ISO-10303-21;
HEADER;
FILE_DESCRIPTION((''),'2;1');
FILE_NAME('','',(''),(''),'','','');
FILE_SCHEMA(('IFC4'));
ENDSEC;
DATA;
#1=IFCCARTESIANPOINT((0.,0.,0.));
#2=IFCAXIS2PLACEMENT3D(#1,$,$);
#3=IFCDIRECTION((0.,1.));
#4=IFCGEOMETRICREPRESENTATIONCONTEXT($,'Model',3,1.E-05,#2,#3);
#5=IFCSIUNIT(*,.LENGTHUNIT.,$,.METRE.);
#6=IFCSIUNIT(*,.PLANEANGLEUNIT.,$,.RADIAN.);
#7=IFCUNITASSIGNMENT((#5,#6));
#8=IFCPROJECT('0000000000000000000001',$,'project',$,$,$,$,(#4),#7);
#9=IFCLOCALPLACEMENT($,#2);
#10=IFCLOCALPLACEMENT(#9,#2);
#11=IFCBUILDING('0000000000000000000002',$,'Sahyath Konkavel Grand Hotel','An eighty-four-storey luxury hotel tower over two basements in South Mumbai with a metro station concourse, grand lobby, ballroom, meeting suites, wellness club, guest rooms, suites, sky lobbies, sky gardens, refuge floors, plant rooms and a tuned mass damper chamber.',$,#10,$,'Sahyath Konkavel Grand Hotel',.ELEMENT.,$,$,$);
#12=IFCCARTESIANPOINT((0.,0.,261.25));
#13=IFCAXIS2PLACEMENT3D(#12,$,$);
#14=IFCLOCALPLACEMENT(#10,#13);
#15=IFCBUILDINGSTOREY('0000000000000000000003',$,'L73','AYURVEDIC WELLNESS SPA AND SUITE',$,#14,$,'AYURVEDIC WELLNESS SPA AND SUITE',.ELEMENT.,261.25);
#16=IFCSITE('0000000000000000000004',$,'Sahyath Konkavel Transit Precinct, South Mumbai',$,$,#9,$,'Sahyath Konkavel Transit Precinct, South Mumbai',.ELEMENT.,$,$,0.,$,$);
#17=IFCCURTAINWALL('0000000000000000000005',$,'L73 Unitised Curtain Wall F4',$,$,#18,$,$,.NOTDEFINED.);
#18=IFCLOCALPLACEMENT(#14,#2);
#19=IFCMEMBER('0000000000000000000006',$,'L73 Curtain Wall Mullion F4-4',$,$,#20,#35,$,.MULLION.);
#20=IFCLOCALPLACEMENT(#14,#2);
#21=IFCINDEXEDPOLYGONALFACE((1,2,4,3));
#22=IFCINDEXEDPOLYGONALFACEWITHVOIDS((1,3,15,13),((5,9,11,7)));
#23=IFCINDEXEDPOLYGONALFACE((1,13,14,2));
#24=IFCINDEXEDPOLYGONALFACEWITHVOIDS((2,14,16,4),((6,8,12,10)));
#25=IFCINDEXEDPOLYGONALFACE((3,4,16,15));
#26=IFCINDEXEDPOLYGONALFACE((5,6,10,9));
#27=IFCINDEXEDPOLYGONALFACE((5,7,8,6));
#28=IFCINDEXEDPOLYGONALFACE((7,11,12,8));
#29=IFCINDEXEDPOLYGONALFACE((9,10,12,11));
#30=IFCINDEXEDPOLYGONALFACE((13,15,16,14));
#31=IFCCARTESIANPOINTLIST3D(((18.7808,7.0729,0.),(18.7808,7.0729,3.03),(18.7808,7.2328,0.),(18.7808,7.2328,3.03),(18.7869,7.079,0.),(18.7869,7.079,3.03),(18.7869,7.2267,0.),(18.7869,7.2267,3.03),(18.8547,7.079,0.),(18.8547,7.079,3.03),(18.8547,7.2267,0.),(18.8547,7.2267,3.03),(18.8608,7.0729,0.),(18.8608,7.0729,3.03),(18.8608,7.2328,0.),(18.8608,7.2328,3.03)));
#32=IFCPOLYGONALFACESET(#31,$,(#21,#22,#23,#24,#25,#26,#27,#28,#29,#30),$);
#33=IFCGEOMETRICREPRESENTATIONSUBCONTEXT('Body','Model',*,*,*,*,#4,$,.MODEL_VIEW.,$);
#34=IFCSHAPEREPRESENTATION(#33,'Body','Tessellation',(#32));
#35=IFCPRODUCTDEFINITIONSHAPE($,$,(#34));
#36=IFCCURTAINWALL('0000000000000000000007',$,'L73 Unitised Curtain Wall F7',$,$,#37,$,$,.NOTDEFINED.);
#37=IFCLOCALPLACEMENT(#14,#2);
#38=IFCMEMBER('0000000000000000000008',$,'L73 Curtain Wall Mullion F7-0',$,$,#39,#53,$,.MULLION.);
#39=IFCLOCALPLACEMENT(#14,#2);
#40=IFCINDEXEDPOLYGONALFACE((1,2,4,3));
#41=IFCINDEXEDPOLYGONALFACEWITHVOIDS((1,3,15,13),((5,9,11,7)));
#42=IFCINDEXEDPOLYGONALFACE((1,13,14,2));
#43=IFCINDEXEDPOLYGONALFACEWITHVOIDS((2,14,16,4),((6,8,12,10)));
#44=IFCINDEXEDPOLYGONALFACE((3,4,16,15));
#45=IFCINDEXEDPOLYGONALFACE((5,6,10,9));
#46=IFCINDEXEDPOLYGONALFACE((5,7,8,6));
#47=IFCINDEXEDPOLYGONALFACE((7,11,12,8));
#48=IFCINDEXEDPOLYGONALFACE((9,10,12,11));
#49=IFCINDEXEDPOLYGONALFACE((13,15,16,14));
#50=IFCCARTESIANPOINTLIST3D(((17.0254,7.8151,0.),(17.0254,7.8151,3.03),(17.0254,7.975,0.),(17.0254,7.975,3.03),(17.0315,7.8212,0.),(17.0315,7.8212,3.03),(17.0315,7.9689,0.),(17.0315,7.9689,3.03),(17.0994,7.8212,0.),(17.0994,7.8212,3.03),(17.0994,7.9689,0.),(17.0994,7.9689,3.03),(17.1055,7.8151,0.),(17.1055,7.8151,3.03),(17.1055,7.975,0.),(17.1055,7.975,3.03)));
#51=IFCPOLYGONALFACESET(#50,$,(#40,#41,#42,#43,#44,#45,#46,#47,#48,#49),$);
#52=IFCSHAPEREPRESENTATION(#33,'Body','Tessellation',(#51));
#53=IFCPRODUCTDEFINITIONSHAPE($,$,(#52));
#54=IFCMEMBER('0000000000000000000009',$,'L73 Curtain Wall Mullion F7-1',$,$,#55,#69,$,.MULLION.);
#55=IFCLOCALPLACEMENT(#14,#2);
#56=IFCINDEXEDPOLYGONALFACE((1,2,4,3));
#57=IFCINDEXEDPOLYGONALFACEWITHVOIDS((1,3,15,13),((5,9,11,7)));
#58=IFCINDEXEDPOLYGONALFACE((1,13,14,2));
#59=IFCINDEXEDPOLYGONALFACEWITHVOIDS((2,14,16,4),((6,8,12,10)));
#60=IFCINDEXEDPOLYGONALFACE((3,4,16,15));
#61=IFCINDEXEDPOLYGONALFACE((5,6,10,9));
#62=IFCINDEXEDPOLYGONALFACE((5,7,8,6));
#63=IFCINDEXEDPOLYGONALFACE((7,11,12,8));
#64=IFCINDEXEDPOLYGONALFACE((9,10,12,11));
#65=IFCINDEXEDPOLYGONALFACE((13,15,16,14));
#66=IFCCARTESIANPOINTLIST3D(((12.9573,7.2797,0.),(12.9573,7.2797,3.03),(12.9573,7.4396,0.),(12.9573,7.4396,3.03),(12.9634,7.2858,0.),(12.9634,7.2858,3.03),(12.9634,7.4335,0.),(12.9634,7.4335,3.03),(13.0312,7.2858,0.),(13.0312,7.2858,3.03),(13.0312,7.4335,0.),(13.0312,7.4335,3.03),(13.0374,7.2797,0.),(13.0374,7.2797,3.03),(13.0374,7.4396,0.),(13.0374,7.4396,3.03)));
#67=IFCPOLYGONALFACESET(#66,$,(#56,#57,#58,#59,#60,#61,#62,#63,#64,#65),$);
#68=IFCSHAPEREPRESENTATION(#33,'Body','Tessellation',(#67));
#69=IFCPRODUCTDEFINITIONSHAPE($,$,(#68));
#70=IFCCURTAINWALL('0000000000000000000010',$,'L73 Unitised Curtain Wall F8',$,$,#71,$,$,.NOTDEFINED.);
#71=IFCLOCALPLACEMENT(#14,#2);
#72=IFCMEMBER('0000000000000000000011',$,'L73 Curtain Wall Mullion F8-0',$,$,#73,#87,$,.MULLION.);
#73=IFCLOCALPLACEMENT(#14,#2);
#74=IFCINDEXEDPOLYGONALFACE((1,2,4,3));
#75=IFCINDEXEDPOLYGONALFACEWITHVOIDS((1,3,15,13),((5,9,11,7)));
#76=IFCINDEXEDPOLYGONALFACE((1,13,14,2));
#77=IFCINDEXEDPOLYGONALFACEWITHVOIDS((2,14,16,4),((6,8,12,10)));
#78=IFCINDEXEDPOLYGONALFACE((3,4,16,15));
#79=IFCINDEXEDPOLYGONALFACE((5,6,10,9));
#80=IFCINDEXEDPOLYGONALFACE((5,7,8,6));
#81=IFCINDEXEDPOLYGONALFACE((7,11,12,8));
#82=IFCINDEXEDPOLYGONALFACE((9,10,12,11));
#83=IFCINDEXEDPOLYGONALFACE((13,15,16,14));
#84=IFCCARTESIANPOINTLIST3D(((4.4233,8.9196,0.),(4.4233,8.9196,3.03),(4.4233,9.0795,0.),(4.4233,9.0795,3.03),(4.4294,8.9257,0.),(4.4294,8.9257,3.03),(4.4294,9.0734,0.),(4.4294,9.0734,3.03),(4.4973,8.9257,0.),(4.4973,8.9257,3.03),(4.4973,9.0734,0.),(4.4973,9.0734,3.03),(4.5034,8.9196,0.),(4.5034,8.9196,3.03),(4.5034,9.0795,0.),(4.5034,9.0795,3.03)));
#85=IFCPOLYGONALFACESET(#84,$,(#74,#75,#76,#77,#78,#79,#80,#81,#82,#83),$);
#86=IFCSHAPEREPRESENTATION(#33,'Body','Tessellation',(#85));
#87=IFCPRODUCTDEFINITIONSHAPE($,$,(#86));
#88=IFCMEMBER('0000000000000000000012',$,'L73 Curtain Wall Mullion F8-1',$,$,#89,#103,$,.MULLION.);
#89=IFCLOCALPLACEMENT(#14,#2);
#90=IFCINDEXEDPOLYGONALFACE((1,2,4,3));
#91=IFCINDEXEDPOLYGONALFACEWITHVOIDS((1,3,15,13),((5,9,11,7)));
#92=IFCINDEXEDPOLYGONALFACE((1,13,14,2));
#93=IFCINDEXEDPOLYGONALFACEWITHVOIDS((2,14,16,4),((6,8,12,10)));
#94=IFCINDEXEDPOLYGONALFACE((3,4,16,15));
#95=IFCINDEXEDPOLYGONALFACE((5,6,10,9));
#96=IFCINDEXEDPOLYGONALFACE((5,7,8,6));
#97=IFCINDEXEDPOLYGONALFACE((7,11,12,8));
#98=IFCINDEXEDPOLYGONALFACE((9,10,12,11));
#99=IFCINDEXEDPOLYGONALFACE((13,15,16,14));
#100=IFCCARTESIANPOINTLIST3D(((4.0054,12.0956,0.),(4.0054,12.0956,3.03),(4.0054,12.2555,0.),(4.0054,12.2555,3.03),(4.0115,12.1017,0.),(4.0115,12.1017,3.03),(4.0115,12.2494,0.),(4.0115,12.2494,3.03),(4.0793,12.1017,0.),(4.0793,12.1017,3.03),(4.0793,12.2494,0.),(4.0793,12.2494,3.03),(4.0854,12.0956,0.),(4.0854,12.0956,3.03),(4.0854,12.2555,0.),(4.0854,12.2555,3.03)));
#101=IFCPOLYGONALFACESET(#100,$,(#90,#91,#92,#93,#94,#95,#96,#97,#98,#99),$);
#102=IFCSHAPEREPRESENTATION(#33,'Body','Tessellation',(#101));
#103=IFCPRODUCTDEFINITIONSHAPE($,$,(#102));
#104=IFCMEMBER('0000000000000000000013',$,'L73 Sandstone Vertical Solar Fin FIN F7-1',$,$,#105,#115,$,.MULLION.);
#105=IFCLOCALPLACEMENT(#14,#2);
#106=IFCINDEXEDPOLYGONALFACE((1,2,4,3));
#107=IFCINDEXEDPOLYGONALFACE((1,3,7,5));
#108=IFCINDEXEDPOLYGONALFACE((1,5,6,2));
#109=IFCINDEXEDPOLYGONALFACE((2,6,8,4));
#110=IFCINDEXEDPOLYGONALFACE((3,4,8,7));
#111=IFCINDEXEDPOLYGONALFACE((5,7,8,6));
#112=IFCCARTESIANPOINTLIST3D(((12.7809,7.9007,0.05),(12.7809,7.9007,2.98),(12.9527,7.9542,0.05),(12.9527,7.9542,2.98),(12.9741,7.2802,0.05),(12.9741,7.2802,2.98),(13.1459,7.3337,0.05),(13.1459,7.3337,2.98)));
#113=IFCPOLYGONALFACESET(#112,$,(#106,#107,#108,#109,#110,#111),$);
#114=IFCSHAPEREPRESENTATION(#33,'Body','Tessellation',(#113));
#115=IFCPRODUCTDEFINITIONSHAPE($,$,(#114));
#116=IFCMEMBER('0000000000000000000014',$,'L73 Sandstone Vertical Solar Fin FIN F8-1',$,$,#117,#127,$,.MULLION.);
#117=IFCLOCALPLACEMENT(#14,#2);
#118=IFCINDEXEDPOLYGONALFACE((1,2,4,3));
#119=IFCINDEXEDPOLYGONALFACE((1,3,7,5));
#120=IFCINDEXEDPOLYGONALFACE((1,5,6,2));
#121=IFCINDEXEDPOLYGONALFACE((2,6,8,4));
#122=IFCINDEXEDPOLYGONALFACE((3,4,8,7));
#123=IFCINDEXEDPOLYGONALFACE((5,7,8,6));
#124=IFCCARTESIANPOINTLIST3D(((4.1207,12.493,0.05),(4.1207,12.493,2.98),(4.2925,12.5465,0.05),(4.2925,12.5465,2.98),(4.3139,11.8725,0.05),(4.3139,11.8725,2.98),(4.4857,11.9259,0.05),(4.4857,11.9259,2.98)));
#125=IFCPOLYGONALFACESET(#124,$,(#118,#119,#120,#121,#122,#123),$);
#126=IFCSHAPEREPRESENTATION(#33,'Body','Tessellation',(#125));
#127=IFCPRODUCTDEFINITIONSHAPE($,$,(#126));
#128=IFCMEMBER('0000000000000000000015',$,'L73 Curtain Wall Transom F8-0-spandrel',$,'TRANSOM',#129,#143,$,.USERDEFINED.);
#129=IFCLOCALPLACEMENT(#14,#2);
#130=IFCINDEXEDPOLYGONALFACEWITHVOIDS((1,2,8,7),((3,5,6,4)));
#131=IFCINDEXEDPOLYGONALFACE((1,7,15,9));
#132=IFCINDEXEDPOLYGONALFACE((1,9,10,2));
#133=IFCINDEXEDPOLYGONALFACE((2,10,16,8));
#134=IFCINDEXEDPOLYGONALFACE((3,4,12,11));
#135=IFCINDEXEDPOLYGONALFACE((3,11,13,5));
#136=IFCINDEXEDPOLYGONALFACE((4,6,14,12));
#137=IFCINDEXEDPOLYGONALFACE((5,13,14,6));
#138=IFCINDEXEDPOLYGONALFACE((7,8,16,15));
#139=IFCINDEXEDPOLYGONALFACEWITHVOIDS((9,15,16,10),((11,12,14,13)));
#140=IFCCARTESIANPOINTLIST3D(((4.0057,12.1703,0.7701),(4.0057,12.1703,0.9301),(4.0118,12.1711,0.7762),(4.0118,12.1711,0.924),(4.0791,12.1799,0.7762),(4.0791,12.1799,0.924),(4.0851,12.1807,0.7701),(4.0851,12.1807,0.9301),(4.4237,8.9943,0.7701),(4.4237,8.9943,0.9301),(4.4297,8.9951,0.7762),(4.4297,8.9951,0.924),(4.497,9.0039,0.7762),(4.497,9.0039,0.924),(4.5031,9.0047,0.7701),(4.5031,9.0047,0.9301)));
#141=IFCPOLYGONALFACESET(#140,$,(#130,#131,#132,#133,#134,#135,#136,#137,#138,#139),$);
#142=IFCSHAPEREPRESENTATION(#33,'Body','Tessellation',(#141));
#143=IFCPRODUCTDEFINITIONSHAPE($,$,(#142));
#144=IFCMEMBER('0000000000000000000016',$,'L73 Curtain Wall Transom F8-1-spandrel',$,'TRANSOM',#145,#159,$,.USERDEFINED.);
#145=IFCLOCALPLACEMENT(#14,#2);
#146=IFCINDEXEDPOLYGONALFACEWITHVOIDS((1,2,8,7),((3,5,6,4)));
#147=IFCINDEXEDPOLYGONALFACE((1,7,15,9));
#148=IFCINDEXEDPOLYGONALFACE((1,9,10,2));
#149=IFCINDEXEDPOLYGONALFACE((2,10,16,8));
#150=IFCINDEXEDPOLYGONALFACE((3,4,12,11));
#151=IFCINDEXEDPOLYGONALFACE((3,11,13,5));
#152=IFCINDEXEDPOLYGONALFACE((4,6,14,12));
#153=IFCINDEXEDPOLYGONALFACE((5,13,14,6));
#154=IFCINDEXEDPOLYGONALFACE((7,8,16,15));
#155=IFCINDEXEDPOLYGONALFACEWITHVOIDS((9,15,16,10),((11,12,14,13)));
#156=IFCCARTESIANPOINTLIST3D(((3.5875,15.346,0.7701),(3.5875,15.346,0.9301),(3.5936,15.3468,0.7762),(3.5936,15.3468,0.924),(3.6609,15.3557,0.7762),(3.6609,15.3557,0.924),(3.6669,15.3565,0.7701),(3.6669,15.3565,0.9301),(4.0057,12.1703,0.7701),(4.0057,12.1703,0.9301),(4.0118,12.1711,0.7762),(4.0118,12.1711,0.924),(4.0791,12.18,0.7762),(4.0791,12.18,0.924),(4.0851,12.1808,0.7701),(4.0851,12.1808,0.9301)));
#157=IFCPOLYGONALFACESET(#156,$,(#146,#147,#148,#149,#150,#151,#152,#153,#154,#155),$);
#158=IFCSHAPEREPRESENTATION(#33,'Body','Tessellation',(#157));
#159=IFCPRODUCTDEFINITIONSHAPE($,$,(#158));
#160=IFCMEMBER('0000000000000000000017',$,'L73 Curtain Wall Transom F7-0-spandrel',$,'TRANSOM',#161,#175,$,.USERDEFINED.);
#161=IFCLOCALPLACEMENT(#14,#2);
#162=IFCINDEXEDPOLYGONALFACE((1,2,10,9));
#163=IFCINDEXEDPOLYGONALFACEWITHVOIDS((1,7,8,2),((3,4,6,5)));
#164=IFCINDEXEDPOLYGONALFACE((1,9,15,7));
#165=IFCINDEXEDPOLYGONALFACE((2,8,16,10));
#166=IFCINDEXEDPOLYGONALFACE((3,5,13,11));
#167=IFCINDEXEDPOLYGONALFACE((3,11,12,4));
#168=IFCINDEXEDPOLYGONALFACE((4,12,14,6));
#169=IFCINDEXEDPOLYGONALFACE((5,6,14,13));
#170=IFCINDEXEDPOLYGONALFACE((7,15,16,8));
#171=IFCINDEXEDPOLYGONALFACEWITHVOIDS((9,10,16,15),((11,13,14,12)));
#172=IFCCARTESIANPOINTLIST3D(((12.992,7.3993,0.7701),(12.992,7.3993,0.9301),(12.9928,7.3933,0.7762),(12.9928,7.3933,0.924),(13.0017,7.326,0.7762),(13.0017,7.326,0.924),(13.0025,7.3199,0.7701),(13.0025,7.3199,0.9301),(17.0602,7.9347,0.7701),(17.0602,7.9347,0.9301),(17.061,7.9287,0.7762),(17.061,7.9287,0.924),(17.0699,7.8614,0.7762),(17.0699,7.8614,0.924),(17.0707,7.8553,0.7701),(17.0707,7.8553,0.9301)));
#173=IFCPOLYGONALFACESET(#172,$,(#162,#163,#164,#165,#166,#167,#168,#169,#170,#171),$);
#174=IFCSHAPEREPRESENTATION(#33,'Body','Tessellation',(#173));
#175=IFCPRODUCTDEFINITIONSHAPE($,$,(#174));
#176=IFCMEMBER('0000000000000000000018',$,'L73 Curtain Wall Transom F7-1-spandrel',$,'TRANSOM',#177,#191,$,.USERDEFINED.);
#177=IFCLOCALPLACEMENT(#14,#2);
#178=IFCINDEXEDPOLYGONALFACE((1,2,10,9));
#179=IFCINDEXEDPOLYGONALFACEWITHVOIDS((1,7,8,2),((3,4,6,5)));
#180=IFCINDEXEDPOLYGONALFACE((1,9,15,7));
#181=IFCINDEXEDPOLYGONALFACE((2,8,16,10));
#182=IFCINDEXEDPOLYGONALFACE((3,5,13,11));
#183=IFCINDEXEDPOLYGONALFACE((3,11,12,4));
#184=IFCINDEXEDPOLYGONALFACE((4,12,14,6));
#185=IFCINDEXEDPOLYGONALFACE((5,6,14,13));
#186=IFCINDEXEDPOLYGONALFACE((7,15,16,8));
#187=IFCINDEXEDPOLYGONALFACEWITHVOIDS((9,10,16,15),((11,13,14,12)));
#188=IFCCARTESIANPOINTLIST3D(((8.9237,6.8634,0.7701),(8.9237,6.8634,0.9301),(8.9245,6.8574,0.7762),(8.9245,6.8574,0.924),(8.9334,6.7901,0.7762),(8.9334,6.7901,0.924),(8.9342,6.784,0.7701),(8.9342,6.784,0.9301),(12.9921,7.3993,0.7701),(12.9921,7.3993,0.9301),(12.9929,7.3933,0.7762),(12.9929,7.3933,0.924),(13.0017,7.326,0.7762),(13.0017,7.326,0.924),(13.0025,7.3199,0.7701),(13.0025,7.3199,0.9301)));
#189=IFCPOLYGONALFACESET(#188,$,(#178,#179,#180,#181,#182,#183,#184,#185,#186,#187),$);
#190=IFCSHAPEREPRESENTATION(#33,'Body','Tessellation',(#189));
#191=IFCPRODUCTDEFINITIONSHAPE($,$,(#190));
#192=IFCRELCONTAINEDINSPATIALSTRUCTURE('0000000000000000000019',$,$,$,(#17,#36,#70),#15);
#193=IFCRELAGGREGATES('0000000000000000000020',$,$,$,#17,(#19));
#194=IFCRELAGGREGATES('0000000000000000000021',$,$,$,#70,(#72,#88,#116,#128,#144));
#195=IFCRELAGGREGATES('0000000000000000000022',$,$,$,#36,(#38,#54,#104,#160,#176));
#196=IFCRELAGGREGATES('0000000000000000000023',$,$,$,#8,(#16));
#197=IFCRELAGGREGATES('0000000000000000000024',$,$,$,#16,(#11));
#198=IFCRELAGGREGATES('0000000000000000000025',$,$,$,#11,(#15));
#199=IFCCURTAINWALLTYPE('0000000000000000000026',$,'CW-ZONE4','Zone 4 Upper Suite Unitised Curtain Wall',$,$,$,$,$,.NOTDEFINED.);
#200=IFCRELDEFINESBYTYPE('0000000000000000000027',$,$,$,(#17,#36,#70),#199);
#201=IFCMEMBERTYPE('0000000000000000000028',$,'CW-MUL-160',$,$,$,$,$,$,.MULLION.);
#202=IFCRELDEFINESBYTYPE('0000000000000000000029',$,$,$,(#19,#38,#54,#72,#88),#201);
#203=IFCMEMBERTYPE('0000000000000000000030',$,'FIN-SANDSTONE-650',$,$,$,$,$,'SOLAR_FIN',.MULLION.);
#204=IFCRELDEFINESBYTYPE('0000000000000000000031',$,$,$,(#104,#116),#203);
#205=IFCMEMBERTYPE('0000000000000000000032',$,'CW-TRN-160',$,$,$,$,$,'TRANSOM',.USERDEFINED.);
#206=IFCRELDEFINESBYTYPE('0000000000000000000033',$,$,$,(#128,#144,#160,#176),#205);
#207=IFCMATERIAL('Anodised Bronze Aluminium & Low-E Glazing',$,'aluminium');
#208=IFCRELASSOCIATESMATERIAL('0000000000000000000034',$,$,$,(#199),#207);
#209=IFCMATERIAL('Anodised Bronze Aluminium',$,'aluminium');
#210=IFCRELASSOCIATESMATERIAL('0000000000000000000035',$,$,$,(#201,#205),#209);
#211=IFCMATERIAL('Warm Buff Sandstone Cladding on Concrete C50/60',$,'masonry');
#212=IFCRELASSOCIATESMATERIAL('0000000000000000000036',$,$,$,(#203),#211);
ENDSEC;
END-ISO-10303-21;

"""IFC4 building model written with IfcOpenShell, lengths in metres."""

from ifc_helpers import new_model, si_unit, direction, frame, origin, origin_2d, place, context, subcontext, project, spatial, rectangle, hollow_rectangle, extrude, source, transform, mapped, material, material_profile, profile_set, type_object, element, aggregate, save


model = new_model("IFC4")

# Units and contexts
model_context = context("Model", 3, precision=1e-05, world=origin(), true_north=direction((0.0, 1.0)))
body_context = subcontext(model_context, "Body", "Model", "MODEL_VIEW")
ifc_project = project(units=[si_unit("LENGTHUNIT", "METRE"), si_unit("PLANEANGLEUNIT", "RADIAN")], contexts=[model_context])

# Site, building, storey
site_placement = place(None, origin())
site = spatial("IfcSite", under=ifc_project, at=site_placement, Name="Sahyath Konkavel Transit Precinct, South Mumbai", LongName="Sahyath Konkavel Transit Precinct, South Mumbai", CompositionType="ELEMENT", RefElevation=0.0)
building_placement = place(site_placement, origin())
building = spatial("IfcBuilding", under=site, at=building_placement, Name="Sahyath Konkavel Grand Hotel", Description="An eighty-four-storey luxury hotel tower over two basements in South Mumbai with a metro station concourse, grand lobby, ballroom, meeting suites, wellness club, guest rooms, suites, sky lobbies, sky gardens, refuge floors, plant rooms and a tuned mass damper chamber.", LongName="Sahyath Konkavel Grand Hotel", CompositionType="ELEMENT")
storey_placement = place(building_placement, frame((0.0, 0.0, 261.25)))
storey = spatial("IfcBuildingStorey", under=building, at=storey_placement, Name="L73", Description="AYURVEDIC WELLNESS SPA AND SUITE", LongName="AYURVEDIC WELLNESS SPA AND SUITE", CompositionType="ELEMENT", Elevation=261.25)

# Curtain wall, member
ifc_material_1 = material(Name="Anodised Bronze Aluminium & Low-E Glazing", Category="aluminium")
curtain_wall_type = type_object("IfcCurtainWallType", Name="CW-ZONE4", Description="Zone 4 Upper Suite Unitised Curtain Wall", PredefinedType="NOTDEFINED", material=ifc_material_1)
curtain_wall_1_placement = place(storey_placement, origin())
curtain_wall_1 = element("IfcCurtainWall", 1, at=curtain_wall_1_placement, inside=storey, type_object=curtain_wall_type, Name="L73 Unitised Curtain Wall F4", PredefinedType="NOTDEFINED")
ifc_material_2 = material(Name="Anodised Bronze Aluminium", Category="aluminium")
ifc_material_profile_1 = material_profile(ifc_material_2, hollow_rectangle(XDim=0.0801, YDim=0.1599, WallThickness=0.0061, at=origin_2d()), Name="RHS 160x80x6")
ifc_profile_set_1 = profile_set([ifc_material_profile_1], Name="Anodised Bronze Aluminium")
member_type_1 = type_object("IfcMemberType", Name="CW-MUL-160", PredefinedType="MULLION", material=ifc_profile_set_1)
shared_shape_1 = source(origin(), body_context, "Body", "SweptSolid", [
    extrude(hollow_rectangle(XDim=0.0801, YDim=0.1599, WallThickness=0.0061, at=origin_2d()), origin(), (0.0, 0.0, 1.0), 3.03),
])
member_1_placement = place(storey_placement, frame((18.8208, 7.1528, 0.0), z_axis=(0.0, 0.0, 1.0), x_axis=(1.0, 0.0, 0.0)))
member_1 = element("IfcMember", 2, at=member_1_placement, type_object=member_type_1, Name="L73 Curtain Wall Mullion F4-4", PredefinedType="MULLION", context=body_context, shape_type="MappedRepresentation", body=[
    mapped(shared_shape_1, transform((0.0, 0.0, 0.0), scale=1.0)),
])
aggregate(curtain_wall_1, [member_1])

# Curtain walls, members
curtain_wall_2_placement = place(storey_placement, origin())
curtain_wall_2 = element("IfcCurtainWall", 3, at=curtain_wall_2_placement, inside=storey, type_object=curtain_wall_type, Name="L73 Unitised Curtain Wall F7", PredefinedType="NOTDEFINED")
member_2_placement = place(storey_placement, frame((17.0654, 7.895, 0.0), z_axis=(0.0, 0.0, 1.0), x_axis=(1.0, 0.0, 0.0)))
member_2 = element("IfcMember", 4, at=member_2_placement, type_object=member_type_1, Name="L73 Curtain Wall Mullion F7-0", PredefinedType="MULLION", context=body_context, shape_type="MappedRepresentation", body=[
    mapped(shared_shape_1, transform((0.0, 0.0, 0.0), scale=1.0)),
])
member_3_placement = place(storey_placement, frame((12.9973, 7.3596, 0.0), z_axis=(0.0, 0.0, 1.0), x_axis=(1.0, 0.0, 0.0)))
member_3 = element("IfcMember", 5, at=member_3_placement, type_object=member_type_1, Name="L73 Curtain Wall Mullion F7-1", PredefinedType="MULLION", context=body_context, shape_type="MappedRepresentation", body=[
    mapped(shared_shape_1, transform((0.0, 0.0, 0.0), scale=1.0)),
])
curtain_wall_3_placement = place(storey_placement, origin())
curtain_wall_3 = element("IfcCurtainWall", 6, at=curtain_wall_3_placement, inside=storey, type_object=curtain_wall_type, Name="L73 Unitised Curtain Wall F8", PredefinedType="NOTDEFINED")
member_4_placement = place(storey_placement, frame((4.4634, 8.9995, 0.0), z_axis=(0.0, 0.0, 1.0), x_axis=(1.0, 0.0, 0.0)))
member_4 = element("IfcMember", 7, at=member_4_placement, type_object=member_type_1, Name="L73 Curtain Wall Mullion F8-0", PredefinedType="MULLION", context=body_context, shape_type="MappedRepresentation", body=[
    mapped(shared_shape_1, transform((0.0, 0.0, 0.0), scale=1.0)),
])
member_5_placement = place(storey_placement, frame((4.0454, 12.1755, 0.0), z_axis=(0.0, 0.0, 1.0), x_axis=(1.0, 0.0, 0.0)))
member_5 = element("IfcMember", 8, at=member_5_placement, type_object=member_type_1, Name="L73 Curtain Wall Mullion F8-1", PredefinedType="MULLION", context=body_context, shape_type="MappedRepresentation", body=[
    mapped(shared_shape_1, transform((0.0, 0.0, 0.0), scale=1.0)),
])

# Members
ifc_material_3 = material(Name="Warm Buff Sandstone Cladding on Concrete C50/60", Category="masonry")
ifc_material_profile_2 = material_profile(ifc_material_3, rectangle(XDim=0.1799, YDim=0.6499, at=origin_2d()), Name="FIN 180x650")
ifc_profile_set_2 = profile_set([ifc_material_profile_2], Name="Warm Buff Sandstone Cladding on Concrete C50/60")
member_type_2 = type_object("IfcMemberType", Name="FIN-SANDSTONE-650", ElementType="SOLAR_FIN", PredefinedType="MULLION", material=ifc_profile_set_2)
shared_shape_2 = source(origin(), body_context, "Body", "SweptSolid", [
    extrude(rectangle(XDim=0.1799, YDim=0.6499, at=origin_2d()), origin(), (0.0, 0.0, 1.0), 2.9299),
])
member_6_placement = place(storey_placement, frame((12.9634, 7.6172, 0.05), z_axis=(0.0, 0.0, 1.0), x_axis=(0.954813, 0.297208, 0.0)))
member_6 = element("IfcMember", 9, at=member_6_placement, type_object=member_type_2, Name="L73 Sandstone Vertical Solar Fin FIN F7-1", PredefinedType="MULLION", context=body_context, shape_type="MappedRepresentation", body=[
    mapped(shared_shape_2, transform((0.0, 0.0, 0.0), scale=1.0)),
])
member_7_placement = place(storey_placement, frame((4.3032, 12.2095, 0.05), z_axis=(0.0, 0.0, 1.0), x_axis=(0.954813, 0.297208, 0.0)))
member_7 = element("IfcMember", 10, at=member_7_placement, type_object=member_type_2, Name="L73 Sandstone Vertical Solar Fin FIN F8-1", PredefinedType="MULLION", context=body_context, shape_type="MappedRepresentation", body=[
    mapped(shared_shape_2, transform((0.0, 0.0, 0.0), scale=1.0)),
])
ifc_material_profile_3 = material_profile(ifc_material_2, hollow_rectangle(XDim=0.0801, YDim=0.1599, WallThickness=0.0061, at=origin_2d()), Name="RHS 160x80x6")
ifc_profile_set_3 = profile_set([ifc_material_profile_3], Name="Anodised Bronze Aluminium")
member_type_3 = type_object("IfcMemberType", Name="CW-TRN-160", ElementType="TRANSOM", PredefinedType="USERDEFINED", material=ifc_profile_set_3)
shared_shape_3 = source(origin(), body_context, "Body", "SweptSolid", [
    extrude(hollow_rectangle(XDim=0.0801, YDim=0.1599, WallThickness=0.0061, at=origin_2d()), origin(), (0.0, 0.0, 1.0), 3.2034),
])
member_8_placement = place(storey_placement, frame((4.4634, 8.9995, 0.8501), z_axis=(-0.130476, 0.991451, 0.0), x_axis=(-0.991451, -0.130476, 0.0)))
member_8 = element("IfcMember", 11, at=member_8_placement, type_object=member_type_3, Name="L73 Curtain Wall Transom F8-0-spandrel", ObjectType="TRANSOM", PredefinedType="USERDEFINED", context=body_context, shape_type="MappedRepresentation", body=[
    mapped(shared_shape_3, transform((0.0, 0.0, 0.0), scale=1.0)),
])
shared_shape_4 = source(origin(), body_context, "Body", "SweptSolid", [
    extrude(hollow_rectangle(XDim=0.0801, YDim=0.1599, WallThickness=0.0061, at=origin_2d()), origin(), (0.0, 0.0, 1.0), 3.2031),
])
member_9_placement = place(storey_placement, frame((4.0454, 12.1755, 0.8501), z_axis=(-0.130561, 0.99144, 0.0), x_axis=(-0.99144, -0.130561, 0.0)))
member_9 = element("IfcMember", 12, at=member_9_placement, type_object=member_type_3, Name="L73 Curtain Wall Transom F8-1-spandrel", ObjectType="TRANSOM", PredefinedType="USERDEFINED", context=body_context, shape_type="MappedRepresentation", body=[
    mapped(shared_shape_4, transform((0.0, 0.0, 0.0), scale=1.0)),
])
shared_shape_5 = source(origin(), body_context, "Body", "SweptSolid", [
    extrude(hollow_rectangle(XDim=0.0801, YDim=0.1599, WallThickness=0.0061, at=origin_2d()), origin(), (0.0, 0.0, 1.0), 4.1033),
])
member_10_placement = place(storey_placement, frame((17.0654, 7.895, 0.8501), z_axis=(-0.99145, -0.130484, 0.0), x_axis=(0.130484, -0.99145, 0.0)))
member_10 = element("IfcMember", 13, at=member_10_placement, type_object=member_type_3, Name="L73 Curtain Wall Transom F7-0-spandrel", ObjectType="TRANSOM", PredefinedType="USERDEFINED", context=body_context, shape_type="MappedRepresentation", body=[
    mapped(shared_shape_5, transform((0.0, 0.0, 0.0), scale=1.0)),
])
shared_shape_6 = source(origin(), body_context, "Body", "SweptSolid", [
    extrude(hollow_rectangle(XDim=0.0801, YDim=0.1599, WallThickness=0.0061, at=origin_2d()), origin(), (0.0, 0.0, 1.0), 4.1035),
])
member_11_placement = place(storey_placement, frame((12.9973, 7.3596, 0.8501), z_axis=(-0.991436, -0.130593, 0.0), x_axis=(0.130593, -0.991436, 0.0)))
member_11 = element("IfcMember", 14, at=member_11_placement, type_object=member_type_3, Name="L73 Curtain Wall Transom F7-1-spandrel", ObjectType="TRANSOM", PredefinedType="USERDEFINED", context=body_context, shape_type="MappedRepresentation", body=[
    mapped(shared_shape_6, transform((0.0, 0.0, 0.0), scale=1.0)),
])

aggregate(curtain_wall_3, [member_4, member_5, member_7, member_8, member_9])
aggregate(curtain_wall_2, [member_2, member_3, member_6, member_10, member_11])

save(model, "model.ifc")
